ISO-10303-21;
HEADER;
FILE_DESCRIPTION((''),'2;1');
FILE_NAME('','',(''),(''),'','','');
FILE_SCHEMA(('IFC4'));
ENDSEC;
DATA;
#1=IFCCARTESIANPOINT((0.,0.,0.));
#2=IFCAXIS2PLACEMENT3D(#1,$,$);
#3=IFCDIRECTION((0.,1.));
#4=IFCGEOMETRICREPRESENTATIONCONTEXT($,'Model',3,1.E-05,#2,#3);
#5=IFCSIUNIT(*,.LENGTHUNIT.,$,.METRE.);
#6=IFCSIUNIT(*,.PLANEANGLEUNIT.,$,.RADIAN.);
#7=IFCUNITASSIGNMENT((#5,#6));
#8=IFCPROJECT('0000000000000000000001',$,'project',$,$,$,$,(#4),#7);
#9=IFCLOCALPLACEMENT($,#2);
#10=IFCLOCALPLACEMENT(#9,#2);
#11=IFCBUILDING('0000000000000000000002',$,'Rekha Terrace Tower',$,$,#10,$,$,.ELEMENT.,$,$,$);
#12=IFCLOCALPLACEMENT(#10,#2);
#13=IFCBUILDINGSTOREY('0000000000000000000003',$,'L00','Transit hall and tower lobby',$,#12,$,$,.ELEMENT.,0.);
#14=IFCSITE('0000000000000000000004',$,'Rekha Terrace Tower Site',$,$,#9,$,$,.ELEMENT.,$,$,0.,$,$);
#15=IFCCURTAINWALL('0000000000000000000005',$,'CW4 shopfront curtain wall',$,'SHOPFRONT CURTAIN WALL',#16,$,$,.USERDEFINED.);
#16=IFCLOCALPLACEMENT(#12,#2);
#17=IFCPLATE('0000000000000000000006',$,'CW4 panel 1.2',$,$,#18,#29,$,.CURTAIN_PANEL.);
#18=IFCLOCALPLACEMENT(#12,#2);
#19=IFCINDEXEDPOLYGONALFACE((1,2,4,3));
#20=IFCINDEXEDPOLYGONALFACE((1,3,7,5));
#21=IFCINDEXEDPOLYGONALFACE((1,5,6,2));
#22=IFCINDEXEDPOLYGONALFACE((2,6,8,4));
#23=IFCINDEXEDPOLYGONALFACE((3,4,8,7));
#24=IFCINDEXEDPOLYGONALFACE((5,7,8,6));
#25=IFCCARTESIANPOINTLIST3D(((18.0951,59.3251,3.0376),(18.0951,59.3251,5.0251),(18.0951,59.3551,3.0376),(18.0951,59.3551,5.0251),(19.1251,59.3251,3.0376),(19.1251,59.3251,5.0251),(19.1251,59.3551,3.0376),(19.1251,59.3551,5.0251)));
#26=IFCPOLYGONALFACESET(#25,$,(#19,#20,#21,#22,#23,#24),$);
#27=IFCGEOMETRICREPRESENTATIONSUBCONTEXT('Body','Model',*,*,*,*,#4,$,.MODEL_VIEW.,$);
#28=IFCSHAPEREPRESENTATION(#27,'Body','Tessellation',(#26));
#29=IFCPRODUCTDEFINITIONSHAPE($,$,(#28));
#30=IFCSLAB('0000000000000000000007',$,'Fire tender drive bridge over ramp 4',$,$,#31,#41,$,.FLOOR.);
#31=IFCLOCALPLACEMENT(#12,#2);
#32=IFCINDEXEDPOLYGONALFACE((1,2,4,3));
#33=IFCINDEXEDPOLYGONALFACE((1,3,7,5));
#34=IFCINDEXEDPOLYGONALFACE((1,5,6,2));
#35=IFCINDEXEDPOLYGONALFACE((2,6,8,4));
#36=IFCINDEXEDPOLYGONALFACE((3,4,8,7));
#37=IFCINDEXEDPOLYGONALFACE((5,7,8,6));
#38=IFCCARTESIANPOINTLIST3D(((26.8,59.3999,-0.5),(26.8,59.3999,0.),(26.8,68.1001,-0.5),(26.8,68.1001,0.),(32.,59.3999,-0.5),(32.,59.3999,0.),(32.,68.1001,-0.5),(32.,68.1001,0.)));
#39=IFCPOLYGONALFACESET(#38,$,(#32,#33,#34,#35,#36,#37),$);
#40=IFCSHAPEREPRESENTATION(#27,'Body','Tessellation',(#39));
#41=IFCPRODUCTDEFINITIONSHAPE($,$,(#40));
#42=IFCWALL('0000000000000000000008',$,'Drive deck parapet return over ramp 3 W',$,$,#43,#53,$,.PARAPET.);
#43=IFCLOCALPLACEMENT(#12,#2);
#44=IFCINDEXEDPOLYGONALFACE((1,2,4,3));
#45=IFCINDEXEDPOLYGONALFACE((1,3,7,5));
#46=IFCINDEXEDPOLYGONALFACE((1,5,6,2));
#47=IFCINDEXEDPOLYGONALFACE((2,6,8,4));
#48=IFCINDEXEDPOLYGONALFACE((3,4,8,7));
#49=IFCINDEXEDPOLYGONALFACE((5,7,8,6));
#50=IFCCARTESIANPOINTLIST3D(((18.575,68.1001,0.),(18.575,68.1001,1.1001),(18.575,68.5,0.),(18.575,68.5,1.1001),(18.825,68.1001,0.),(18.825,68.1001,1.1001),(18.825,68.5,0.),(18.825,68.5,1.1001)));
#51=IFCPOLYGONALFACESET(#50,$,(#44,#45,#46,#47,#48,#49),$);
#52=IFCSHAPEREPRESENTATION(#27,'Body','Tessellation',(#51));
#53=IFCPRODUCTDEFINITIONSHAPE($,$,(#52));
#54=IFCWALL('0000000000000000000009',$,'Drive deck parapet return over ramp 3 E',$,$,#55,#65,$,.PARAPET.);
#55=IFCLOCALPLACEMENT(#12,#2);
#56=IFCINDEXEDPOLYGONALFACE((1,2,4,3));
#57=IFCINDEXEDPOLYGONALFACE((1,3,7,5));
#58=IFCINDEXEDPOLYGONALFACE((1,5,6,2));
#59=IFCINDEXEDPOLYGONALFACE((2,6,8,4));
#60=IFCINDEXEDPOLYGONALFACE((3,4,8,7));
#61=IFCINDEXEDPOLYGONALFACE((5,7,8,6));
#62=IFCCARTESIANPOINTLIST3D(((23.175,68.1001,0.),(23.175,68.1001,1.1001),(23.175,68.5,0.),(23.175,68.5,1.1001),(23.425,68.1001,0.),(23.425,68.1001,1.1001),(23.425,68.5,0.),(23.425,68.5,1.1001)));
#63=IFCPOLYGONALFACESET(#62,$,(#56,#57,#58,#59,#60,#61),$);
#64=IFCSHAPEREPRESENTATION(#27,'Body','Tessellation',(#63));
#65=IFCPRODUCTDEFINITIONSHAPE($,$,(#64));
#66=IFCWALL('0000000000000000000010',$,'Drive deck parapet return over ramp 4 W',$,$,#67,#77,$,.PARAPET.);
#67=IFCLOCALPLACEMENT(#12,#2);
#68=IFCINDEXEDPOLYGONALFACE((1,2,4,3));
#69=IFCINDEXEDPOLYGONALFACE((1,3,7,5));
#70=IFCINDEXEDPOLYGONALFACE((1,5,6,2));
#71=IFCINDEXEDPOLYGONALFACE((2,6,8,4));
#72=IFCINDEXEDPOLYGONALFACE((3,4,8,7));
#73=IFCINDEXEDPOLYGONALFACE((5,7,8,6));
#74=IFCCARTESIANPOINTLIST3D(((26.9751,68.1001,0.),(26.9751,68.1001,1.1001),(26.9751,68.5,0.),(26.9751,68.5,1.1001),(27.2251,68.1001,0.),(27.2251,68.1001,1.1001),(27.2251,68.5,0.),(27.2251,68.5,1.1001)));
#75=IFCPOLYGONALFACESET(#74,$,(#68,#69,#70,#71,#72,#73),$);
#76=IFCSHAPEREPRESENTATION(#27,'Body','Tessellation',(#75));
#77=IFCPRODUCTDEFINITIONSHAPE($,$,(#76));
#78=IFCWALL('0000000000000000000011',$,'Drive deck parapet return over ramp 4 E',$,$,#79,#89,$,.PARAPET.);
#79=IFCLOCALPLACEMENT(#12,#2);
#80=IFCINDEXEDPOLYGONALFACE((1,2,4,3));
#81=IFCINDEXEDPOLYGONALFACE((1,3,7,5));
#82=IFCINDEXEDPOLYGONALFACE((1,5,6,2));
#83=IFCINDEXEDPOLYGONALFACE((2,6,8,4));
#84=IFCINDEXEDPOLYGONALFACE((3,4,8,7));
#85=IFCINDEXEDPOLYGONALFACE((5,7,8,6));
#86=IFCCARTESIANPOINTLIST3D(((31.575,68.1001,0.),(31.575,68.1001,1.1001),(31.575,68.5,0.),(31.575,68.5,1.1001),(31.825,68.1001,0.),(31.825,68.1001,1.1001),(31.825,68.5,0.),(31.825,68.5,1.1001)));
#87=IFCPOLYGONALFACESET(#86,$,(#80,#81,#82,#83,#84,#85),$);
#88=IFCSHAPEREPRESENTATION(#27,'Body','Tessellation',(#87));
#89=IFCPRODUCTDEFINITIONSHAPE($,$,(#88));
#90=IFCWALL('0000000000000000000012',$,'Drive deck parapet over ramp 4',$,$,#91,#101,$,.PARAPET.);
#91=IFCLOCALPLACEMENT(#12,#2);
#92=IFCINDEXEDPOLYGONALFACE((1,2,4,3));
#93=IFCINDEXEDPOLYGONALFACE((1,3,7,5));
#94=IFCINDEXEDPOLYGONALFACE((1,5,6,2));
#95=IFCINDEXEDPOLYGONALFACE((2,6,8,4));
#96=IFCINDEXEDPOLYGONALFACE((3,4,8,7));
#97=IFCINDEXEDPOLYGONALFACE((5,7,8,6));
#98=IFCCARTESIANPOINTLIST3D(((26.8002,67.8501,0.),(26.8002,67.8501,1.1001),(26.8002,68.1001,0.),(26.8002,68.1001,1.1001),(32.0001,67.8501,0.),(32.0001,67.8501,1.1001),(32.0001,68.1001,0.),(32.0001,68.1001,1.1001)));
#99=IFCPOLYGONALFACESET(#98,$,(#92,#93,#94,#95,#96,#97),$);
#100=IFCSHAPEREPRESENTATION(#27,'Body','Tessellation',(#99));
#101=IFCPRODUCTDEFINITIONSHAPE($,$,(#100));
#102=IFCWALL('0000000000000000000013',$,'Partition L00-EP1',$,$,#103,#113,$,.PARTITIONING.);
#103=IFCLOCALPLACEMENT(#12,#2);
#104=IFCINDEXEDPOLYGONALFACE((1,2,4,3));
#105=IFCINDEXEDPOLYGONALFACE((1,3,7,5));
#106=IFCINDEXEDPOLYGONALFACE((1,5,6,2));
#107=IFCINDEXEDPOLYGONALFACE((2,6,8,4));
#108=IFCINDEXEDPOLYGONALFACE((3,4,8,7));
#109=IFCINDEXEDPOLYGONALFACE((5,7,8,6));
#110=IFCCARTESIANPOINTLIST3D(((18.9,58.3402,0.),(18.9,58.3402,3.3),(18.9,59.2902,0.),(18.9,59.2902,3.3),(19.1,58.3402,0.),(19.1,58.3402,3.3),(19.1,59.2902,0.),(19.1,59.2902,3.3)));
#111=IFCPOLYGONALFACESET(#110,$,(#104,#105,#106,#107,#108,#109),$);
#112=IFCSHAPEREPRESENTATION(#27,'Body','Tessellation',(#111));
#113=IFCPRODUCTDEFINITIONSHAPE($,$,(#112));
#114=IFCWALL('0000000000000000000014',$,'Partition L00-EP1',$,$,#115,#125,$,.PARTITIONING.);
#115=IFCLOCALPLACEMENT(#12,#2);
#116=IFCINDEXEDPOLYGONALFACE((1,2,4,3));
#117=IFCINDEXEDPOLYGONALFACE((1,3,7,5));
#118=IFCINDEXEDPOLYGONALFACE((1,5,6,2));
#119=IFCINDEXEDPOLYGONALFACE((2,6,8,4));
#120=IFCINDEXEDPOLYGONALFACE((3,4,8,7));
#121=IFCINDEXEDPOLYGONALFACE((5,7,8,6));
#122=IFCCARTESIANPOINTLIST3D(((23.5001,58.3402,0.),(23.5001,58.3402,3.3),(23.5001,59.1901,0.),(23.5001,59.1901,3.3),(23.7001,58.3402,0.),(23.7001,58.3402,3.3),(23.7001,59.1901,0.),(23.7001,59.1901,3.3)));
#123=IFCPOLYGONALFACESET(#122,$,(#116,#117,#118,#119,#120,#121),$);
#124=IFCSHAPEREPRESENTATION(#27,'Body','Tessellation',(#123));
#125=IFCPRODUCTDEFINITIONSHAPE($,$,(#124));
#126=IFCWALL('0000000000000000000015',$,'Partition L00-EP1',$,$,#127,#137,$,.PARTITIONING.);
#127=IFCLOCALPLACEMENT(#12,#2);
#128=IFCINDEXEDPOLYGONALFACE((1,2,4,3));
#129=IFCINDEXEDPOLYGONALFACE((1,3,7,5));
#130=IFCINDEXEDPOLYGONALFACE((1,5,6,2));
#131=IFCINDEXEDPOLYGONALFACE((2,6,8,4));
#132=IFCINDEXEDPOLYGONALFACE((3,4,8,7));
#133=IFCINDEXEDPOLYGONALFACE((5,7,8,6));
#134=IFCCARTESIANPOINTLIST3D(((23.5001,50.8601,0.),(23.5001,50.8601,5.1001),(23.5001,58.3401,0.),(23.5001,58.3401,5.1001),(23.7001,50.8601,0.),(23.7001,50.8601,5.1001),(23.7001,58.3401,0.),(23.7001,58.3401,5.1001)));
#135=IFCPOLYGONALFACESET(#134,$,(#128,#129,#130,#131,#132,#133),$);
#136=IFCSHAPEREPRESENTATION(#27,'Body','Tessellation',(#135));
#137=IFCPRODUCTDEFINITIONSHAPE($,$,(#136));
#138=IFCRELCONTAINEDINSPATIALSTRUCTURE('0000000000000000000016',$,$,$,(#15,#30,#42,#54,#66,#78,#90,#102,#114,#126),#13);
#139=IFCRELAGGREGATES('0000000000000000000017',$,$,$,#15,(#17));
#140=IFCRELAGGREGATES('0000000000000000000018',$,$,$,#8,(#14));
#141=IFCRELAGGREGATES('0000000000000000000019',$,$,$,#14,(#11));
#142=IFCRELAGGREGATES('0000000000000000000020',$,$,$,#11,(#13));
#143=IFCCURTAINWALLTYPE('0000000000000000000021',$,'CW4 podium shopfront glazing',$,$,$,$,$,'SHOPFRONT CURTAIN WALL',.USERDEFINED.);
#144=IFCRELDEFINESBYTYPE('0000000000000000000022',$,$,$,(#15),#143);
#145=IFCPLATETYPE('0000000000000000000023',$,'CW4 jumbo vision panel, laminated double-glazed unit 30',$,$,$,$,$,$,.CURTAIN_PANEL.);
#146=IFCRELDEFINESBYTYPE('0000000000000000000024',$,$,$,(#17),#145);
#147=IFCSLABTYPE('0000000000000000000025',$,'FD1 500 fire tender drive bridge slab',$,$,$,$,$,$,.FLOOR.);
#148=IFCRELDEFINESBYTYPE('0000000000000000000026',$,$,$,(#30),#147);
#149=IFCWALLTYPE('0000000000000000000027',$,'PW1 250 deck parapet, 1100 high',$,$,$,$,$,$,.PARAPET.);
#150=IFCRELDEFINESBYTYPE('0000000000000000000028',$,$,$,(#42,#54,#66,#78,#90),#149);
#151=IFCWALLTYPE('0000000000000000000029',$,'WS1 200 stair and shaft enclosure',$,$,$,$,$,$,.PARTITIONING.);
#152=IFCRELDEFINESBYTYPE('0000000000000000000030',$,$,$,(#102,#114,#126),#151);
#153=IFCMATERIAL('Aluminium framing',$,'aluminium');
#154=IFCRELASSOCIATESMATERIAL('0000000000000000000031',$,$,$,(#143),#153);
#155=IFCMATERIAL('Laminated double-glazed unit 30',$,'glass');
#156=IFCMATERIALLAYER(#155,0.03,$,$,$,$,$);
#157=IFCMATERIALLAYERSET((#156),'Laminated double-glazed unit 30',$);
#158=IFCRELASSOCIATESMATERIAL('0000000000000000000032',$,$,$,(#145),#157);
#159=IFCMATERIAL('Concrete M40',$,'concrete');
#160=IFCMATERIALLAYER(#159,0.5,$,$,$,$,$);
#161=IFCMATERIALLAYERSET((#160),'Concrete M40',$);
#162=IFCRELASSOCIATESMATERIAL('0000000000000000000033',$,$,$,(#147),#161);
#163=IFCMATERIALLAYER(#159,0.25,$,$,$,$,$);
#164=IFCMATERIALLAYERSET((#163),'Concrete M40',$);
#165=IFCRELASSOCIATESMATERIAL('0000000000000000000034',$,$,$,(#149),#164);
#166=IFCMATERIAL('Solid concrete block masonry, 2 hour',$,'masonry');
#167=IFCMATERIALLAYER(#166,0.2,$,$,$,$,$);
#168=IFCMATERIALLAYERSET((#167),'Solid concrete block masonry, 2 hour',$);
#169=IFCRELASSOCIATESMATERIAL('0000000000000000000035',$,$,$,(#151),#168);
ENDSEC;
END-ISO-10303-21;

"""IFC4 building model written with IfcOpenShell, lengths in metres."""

from ifc_helpers import new_model, si_unit, direction, frame, frame_2d, origin, origin_2d, place, context, subcontext, project, spatial, polyline, rectangle, outline, extrude, material, layer, layer_set, type_object, element, aggregate, save


model = new_model("IFC4")

# Units and contexts
model_context = context("Model", 3, precision=1e-05, world=origin(), true_north=direction((0.0, 1.0)))
body_context = subcontext(model_context, "Body", "Model", "MODEL_VIEW")
ifc_project = project(units=[si_unit("LENGTHUNIT", "METRE"), si_unit("PLANEANGLEUNIT", "RADIAN")], contexts=[model_context])

# Site, building, storey
site_placement = place(None, origin())
site = spatial("IfcSite", under=ifc_project, at=site_placement, Name="Rekha Terrace Tower Site", CompositionType="ELEMENT", RefElevation=0.0)
building_placement = place(site_placement, origin())
building = spatial("IfcBuilding", under=site, at=building_placement, Name="Rekha Terrace Tower", CompositionType="ELEMENT")
storey_placement = place(building_placement, origin())
storey = spatial("IfcBuildingStorey", under=building, at=storey_placement, Name="L00", Description="Transit hall and tower lobby", CompositionType="ELEMENT", Elevation=0.0)

# Shared definitions
ifc_material_1 = material(Name="Aluminium framing", Category="aluminium")
curtain_wall_type = type_object("IfcCurtainWallType", Name="CW4 podium shopfront glazing", ElementType="SHOPFRONT CURTAIN WALL", PredefinedType="USERDEFINED", material=ifc_material_1)

# Curtain wall
curtain_wall_1_placement = place(storey_placement, origin())
curtain_wall_1 = element("IfcCurtainWall", 1, at=curtain_wall_1_placement, inside=storey, type_object=curtain_wall_type, Name="CW4 shopfront curtain wall", ObjectType="SHOPFRONT CURTAIN WALL", PredefinedType="USERDEFINED")

# Plate
ifc_material_2 = material(Name="Laminated double-glazed unit 30", Category="glass")
ifc_layer_1 = layer(ifc_material_2, 0.03)
ifc_layer_set_1 = layer_set([ifc_layer_1], Name="Laminated double-glazed unit 30")
plate_type = type_object("IfcPlateType", Name="CW4 jumbo vision panel, laminated double-glazed unit 30", PredefinedType="CURTAIN_PANEL", material=ifc_layer_set_1)
plate_1_placement = place(storey_placement, frame((18.6101, 59.3401, 3.0376), z_axis=(0.0, 0.0, 1.0), x_axis=(-1.0, 0.0, 0.0)))
plate_1 = element("IfcPlate", 2, at=plate_1_placement, type_object=plate_type, Name="CW4 panel 1.2", PredefinedType="CURTAIN_PANEL", context=body_context, shape_type="SweptSolid", body=[
    extrude(rectangle(XDim=1.03, YDim=0.03, at=origin_2d()), origin(), (0.0, 0.0, 1.0), 1.9875),
])
aggregate(curtain_wall_1, [plate_1])

# Slab
ifc_material_3 = material(Name="Concrete M40", Category="concrete")
ifc_layer_2 = layer(ifc_material_3, 0.5)
ifc_layer_set_2 = layer_set([ifc_layer_2], Name="Concrete M40")
slab_type = type_object("IfcSlabType", Name="FD1 500 fire tender drive bridge slab", PredefinedType="FLOOR", material=ifc_layer_set_2)
slab_placement = place(storey_placement, frame((26.8, 59.3999, 0.0), z_axis=(0.0, 0.0, 1.0), x_axis=(1.0, 0.0, 0.0)))
element("IfcSlab", 3, at=slab_placement, inside=storey, type_object=slab_type, Name="Fire tender drive bridge over ramp 4", PredefinedType="FLOOR", context=body_context, shape_type="SweptSolid", body=[
    extrude(outline(polyline([(0.0, 0.0), (5.2, 0.0), (5.2, 8.7002), (0.0, 8.7002), (0.0, 0.0)])), origin(), (0.0, 0.0, -1.0), 0.5),
])

# Walls
ifc_layer_3 = layer(ifc_material_3, 0.25)
ifc_layer_set_3 = layer_set([ifc_layer_3], Name="Concrete M40")
wall_type_1 = type_object("IfcWallType", Name="PW1 250 deck parapet, 1100 high", PredefinedType="PARAPET", material=ifc_layer_set_3)
for number, where, z_axis, x_axis, name in (
    (4, (18.7, 68.1001, 0.0), (0.0, 0.0, 1.0), (0.0, 1.0, 0.0), "Drive deck parapet return over ramp 3 W"),
    (5, (23.3, 68.1001, 0.0), (0.0, 0.0, 1.0), (0.0, 1.0, 0.0), "Drive deck parapet return over ramp 3 E"),
    (6, (27.1001, 68.1001, 0.0), (0.0, 0.0, 1.0), (0.0, 1.0, 0.0), "Drive deck parapet return over ramp 4 W"),
    (7, (31.7, 68.1001, 0.0), (0.0, 0.0, 1.0), (0.0, 1.0, 0.0), "Drive deck parapet return over ramp 4 E"),
):
    element("IfcWall", number, at=place(storey_placement, frame(where, z_axis=z_axis, x_axis=x_axis)), inside=storey, type_object=wall_type_1, Name=name, PredefinedType="PARAPET", context=body_context, shape_type="SweptSolid", body=[
        extrude(rectangle(XDim=0.3999, YDim=0.25, at=frame_2d((0.2, 0.0))), origin(), (0.0, 0.0, 1.0), 1.1001),
    ])
wall_1_placement = place(storey_placement, frame((26.8, 67.9751, 0.0), z_axis=(0.0, 0.0, 1.0), x_axis=(1.0, 0.0, 0.0)))
element("IfcWall", 8, at=wall_1_placement, inside=storey, type_object=wall_type_1, Name="Drive deck parapet over ramp 4", PredefinedType="PARAPET", context=body_context, shape_type="SweptSolid", body=[
    extrude(rectangle(XDim=5.2, YDim=0.25, at=frame_2d((2.6001, 0.0))), origin(), (0.0, 0.0, 1.0), 1.1001),
])
ifc_material_4 = material(Name="Solid concrete block masonry, 2 hour", Category="masonry")
ifc_layer_4 = layer(ifc_material_4, 0.2)
ifc_layer_set_4 = layer_set([ifc_layer_4], Name="Solid concrete block masonry, 2 hour")
wall_type_2 = type_object("IfcWallType", Name="WS1 200 stair and shaft enclosure", PredefinedType="PARTITIONING", material=ifc_layer_set_4)
wall_2_placement = place(storey_placement, frame((19.0, 58.3401, 0.0), z_axis=(0.0, 0.0, 1.0), x_axis=(0.0, 1.0, 0.0)))
element("IfcWall", 9, at=wall_2_placement, inside=storey, type_object=wall_type_2, Name="Partition L00-EP1", PredefinedType="PARTITIONING", context=body_context, shape_type="SweptSolid", body=[
    extrude(rectangle(XDim=0.95, YDim=0.2, at=frame_2d((0.4751, 0.0))), origin(), (0.0, 0.0, 1.0), 3.3),
])
wall_3_placement = place(storey_placement, frame((23.6001, 59.1899, 0.0), z_axis=(0.0, 0.0, 1.0), x_axis=(0.0, -1.0, 0.0)))
element("IfcWall", 10, at=wall_3_placement, inside=storey, type_object=wall_type_2, Name="Partition L00-EP1", PredefinedType="PARTITIONING", context=body_context, shape_type="SweptSolid", body=[
    extrude(rectangle(XDim=0.8499, YDim=0.2, at=frame_2d((0.4248, 0.0))), origin(), (0.0, 0.0, 1.0), 3.3),
])
wall_4_placement = place(storey_placement, frame((23.6001, 58.3401, 0.0), z_axis=(0.0, 0.0, 1.0), x_axis=(0.0, -1.0, 0.0)))
element("IfcWall", 11, at=wall_4_placement, inside=storey, type_object=wall_type_2, Name="Partition L00-EP1", PredefinedType="PARTITIONING", context=body_context, shape_type="SweptSolid", body=[
    extrude(rectangle(XDim=7.48, YDim=0.2, at=frame_2d((3.74, 0.0))), origin(), (0.0, 0.0, 1.0), 5.1001),
])

save(model, "model.ifc")
